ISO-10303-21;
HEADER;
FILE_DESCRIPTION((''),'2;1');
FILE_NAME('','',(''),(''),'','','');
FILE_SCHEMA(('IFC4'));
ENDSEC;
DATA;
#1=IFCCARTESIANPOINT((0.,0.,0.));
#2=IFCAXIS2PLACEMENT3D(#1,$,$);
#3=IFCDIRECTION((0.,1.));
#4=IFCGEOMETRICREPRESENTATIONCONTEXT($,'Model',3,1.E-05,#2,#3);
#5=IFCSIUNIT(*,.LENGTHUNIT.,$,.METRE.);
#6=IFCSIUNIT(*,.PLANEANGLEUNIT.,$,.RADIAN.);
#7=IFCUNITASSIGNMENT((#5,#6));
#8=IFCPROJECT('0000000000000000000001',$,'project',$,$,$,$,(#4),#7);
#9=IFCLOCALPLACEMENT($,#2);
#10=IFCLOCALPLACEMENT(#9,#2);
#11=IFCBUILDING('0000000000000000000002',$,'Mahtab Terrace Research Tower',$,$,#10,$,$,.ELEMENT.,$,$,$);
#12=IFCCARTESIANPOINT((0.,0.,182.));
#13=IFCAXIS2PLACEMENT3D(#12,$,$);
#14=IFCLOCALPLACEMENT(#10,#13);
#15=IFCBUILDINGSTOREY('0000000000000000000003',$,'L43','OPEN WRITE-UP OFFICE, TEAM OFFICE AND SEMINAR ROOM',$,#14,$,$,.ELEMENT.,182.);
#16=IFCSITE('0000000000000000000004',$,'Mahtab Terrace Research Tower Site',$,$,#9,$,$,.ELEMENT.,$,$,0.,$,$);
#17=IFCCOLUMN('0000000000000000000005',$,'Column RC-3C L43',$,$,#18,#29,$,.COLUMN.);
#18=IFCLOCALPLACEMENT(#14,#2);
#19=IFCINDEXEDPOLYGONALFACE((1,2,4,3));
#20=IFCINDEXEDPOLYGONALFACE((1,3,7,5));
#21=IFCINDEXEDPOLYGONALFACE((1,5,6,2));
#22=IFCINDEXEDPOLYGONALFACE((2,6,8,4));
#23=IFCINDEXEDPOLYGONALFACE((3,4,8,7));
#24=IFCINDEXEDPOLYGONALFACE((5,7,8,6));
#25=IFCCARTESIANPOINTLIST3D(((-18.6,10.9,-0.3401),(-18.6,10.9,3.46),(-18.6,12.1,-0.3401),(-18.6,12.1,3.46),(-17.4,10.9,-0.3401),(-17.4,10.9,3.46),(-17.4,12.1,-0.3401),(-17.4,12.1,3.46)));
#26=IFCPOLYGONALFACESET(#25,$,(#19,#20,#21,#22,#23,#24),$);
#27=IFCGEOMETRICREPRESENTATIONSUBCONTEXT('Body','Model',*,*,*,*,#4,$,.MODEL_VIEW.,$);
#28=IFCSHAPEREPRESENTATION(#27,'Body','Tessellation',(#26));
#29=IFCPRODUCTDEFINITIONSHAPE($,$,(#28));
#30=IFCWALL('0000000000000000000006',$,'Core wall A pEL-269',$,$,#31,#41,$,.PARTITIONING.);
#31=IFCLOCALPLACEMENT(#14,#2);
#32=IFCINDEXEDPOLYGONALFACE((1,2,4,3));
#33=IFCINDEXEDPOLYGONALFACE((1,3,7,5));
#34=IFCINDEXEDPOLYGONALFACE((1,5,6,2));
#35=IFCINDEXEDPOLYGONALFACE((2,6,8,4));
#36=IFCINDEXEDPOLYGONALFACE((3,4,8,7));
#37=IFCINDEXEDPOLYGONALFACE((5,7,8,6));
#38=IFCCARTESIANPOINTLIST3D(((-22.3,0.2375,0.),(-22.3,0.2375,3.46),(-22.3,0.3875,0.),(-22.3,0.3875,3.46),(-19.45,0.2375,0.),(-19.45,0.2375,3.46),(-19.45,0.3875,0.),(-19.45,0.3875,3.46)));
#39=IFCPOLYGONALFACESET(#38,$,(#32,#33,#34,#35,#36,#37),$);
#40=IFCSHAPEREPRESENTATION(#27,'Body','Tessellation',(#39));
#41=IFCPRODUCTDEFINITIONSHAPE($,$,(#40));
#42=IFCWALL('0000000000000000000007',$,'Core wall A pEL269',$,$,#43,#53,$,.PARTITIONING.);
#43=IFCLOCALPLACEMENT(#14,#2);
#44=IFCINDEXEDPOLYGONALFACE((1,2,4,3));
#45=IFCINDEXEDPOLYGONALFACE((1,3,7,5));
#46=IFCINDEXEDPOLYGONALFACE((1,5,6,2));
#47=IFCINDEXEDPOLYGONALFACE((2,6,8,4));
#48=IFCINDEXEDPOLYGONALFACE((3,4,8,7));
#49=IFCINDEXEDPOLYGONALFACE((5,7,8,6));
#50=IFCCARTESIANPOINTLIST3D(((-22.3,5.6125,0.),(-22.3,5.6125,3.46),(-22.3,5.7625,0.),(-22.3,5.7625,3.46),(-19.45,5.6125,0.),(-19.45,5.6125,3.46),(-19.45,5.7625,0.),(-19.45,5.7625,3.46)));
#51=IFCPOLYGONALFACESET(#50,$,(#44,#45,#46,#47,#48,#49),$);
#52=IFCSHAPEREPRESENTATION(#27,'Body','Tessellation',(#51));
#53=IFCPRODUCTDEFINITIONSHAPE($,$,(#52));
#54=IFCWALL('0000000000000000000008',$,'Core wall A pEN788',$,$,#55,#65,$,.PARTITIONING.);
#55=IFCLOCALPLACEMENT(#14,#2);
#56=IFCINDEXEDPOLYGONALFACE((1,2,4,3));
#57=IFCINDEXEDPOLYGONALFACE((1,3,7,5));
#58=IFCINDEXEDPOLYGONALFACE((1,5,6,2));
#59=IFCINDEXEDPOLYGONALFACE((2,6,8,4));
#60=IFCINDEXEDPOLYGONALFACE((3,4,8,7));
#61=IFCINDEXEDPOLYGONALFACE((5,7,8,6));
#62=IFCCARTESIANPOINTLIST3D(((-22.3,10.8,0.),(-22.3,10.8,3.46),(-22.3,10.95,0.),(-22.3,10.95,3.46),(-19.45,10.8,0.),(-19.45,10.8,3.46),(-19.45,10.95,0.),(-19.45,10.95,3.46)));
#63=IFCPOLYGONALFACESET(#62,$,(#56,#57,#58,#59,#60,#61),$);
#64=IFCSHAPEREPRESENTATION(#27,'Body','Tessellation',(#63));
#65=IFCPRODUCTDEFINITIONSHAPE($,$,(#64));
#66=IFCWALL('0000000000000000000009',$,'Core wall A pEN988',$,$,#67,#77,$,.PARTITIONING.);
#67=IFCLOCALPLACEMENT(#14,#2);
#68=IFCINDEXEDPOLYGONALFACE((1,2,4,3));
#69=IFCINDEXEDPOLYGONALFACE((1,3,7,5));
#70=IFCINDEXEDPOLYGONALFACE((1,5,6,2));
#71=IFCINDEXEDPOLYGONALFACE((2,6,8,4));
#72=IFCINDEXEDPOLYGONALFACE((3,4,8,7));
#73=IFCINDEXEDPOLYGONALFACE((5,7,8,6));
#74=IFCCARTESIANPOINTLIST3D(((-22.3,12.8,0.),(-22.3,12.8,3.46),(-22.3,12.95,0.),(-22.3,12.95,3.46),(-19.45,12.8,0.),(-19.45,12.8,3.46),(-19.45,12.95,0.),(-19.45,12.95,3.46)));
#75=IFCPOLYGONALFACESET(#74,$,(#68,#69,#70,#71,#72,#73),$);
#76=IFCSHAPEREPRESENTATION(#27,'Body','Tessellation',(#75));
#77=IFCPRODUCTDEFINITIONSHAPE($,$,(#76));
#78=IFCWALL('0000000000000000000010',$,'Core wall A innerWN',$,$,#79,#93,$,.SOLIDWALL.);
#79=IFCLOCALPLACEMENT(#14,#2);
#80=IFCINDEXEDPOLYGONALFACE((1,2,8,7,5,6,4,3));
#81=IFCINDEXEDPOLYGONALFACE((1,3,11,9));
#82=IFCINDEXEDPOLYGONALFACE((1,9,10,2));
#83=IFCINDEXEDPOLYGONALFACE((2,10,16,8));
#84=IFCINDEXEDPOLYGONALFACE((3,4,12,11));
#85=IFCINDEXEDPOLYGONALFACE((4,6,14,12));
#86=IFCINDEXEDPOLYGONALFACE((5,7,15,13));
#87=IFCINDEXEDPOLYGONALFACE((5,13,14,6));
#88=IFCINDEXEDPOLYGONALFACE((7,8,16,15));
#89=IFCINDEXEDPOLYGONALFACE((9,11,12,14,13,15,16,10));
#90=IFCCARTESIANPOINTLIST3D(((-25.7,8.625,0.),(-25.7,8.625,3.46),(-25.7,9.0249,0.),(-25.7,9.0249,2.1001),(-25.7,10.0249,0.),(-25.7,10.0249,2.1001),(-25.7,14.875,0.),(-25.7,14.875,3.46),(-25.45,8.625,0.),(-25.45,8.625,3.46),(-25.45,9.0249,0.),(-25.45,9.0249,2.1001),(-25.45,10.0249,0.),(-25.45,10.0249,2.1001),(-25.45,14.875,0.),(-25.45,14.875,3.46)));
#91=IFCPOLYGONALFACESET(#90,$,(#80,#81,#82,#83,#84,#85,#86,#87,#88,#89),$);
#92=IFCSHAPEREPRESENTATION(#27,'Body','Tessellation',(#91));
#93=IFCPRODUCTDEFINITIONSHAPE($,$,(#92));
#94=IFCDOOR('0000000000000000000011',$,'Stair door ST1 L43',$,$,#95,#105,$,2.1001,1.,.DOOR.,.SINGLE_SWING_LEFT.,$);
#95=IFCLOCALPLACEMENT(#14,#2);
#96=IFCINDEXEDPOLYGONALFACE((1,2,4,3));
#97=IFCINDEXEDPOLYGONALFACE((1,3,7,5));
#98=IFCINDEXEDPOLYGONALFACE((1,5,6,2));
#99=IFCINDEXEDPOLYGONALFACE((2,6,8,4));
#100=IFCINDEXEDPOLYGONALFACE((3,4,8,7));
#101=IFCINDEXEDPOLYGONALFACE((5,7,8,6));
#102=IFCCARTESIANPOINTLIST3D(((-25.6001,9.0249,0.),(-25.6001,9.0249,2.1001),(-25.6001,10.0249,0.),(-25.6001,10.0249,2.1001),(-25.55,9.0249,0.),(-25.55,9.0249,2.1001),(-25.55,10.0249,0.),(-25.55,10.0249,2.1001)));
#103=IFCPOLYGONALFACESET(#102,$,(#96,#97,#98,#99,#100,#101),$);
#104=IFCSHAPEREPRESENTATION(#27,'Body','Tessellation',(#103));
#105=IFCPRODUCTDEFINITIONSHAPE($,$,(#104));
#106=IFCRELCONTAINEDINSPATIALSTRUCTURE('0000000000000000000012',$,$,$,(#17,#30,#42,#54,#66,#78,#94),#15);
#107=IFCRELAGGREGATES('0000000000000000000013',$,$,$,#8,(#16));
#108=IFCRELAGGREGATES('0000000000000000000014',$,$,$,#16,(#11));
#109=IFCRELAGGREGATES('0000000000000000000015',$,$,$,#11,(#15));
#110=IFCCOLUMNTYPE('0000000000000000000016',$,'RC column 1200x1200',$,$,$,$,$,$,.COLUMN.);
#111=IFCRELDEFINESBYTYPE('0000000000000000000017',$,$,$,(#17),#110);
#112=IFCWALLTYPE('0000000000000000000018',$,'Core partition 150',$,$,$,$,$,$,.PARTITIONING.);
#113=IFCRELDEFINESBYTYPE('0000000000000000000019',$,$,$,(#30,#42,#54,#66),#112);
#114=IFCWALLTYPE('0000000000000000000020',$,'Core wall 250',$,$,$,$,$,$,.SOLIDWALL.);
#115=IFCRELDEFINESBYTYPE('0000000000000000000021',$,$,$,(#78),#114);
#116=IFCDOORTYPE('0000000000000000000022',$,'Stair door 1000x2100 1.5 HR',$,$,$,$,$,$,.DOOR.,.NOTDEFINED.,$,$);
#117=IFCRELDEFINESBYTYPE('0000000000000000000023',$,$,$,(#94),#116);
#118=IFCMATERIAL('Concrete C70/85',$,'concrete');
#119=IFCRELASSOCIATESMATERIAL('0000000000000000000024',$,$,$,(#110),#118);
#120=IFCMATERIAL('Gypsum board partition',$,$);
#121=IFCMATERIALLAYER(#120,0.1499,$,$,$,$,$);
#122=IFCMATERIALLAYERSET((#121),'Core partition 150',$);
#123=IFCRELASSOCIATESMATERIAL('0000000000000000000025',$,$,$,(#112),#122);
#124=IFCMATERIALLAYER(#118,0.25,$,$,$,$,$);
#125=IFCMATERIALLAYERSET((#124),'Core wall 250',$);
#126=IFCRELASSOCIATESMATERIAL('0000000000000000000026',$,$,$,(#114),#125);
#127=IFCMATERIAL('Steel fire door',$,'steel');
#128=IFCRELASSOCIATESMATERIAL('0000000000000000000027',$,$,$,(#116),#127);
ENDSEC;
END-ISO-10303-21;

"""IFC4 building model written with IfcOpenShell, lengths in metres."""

from ifc_helpers import new_model, si_unit, direction, frame, frame_2d, origin, origin_2d, place, context, subcontext, project, spatial, rectangle, extrude, material, layer, layer_set, material_profile, profile_set, type_object, element, fill, save


model = new_model("IFC4")

# Units and contexts
model_context = context("Model", 3, precision=1e-05, world=origin(), true_north=direction((0.0, 1.0)))
body_context = subcontext(model_context, "Body", "Model", "MODEL_VIEW")
ifc_project = project(units=[si_unit("LENGTHUNIT", "METRE"), si_unit("PLANEANGLEUNIT", "RADIAN")], contexts=[model_context])

# Site, building, storey
site_placement = place(None, origin())
site = spatial("IfcSite", under=ifc_project, at=site_placement, Name="Mahtab Terrace Research Tower Site", CompositionType="ELEMENT", RefElevation=0.0)
building_placement = place(site_placement, origin())
building = spatial("IfcBuilding", under=site, at=building_placement, Name="Mahtab Terrace Research Tower", CompositionType="ELEMENT")
storey_placement = place(building_placement, frame((0.0, 0.0, 182.0)))
storey = spatial("IfcBuildingStorey", under=building, at=storey_placement, Name="L43", Description="OPEN WRITE-UP OFFICE, TEAM OFFICE AND SEMINAR ROOM", CompositionType="ELEMENT", Elevation=182.0)

# Column
ifc_material_1 = material(Name="Concrete C70/85", Category="concrete")
ifc_material_profile = material_profile(ifc_material_1, rectangle(XDim=1.2, YDim=1.2, at=origin_2d()), Name="RC column 1200x1200")
ifc_profile_set = profile_set([ifc_material_profile], Name="Concrete C70/85")
column_type = type_object("IfcColumnType", Name="RC column 1200x1200", PredefinedType="COLUMN", material=ifc_profile_set)
column_placement = place(storey_placement, frame((-18.0, 11.5, -0.3401), z_axis=(0.0, 0.0, 1.0), x_axis=(1.0, 0.0, 0.0)))
element("IfcColumn", 1, at=column_placement, inside=storey, type_object=column_type, Name="Column RC-3C L43", PredefinedType="COLUMN", context=body_context, shape_type="SweptSolid", body=[
    extrude(rectangle(XDim=1.2, YDim=1.2, at=origin_2d()), origin(), (0.0, 0.0, 1.0), 3.8),
])

# Walls
ifc_material_2 = material(Name="Gypsum board partition")
ifc_layer_1 = layer(ifc_material_2, 0.1499)
ifc_layer_set_1 = layer_set([ifc_layer_1], Name="Core partition 150")
wall_type_1 = type_object("IfcWallType", Name="Core partition 150", PredefinedType="PARTITIONING", material=ifc_layer_set_1)
for number, where, z_axis, x_axis, name in (
    (2, (-22.3, 0.3125, 0.0), (0.0, 0.0, 1.0), (1.0, 0.0, 0.0), "Core wall A pEL-269"),
    (3, (-22.3, 5.6875, 0.0), (0.0, 0.0, 1.0), (1.0, 0.0, 0.0), "Core wall A pEL269"),
    (4, (-22.3, 10.875, 0.0), (0.0, 0.0, 1.0), (1.0, 0.0, 0.0), "Core wall A pEN788"),
    (5, (-22.3, 12.875, 0.0), (0.0, 0.0, 1.0), (1.0, 0.0, 0.0), "Core wall A pEN988"),
):
    element("IfcWall", number, at=place(storey_placement, frame(where, z_axis=z_axis, x_axis=x_axis)), inside=storey, type_object=wall_type_1, Name=name, PredefinedType="PARTITIONING", context=body_context, shape_type="SweptSolid", body=[
        extrude(rectangle(XDim=2.8501, YDim=0.1499, at=frame_2d((1.425, 0.0))), origin(), (0.0, 0.0, 1.0), 3.46),
    ])

# Wall, opening, door
ifc_layer_2 = layer(ifc_material_1, 0.25)
ifc_layer_set_2 = layer_set([ifc_layer_2], Name="Core wall 250")
wall_type_2 = type_object("IfcWallType", Name="Core wall 250", PredefinedType="SOLIDWALL", material=ifc_layer_set_2)
wall_1_placement = place(storey_placement, frame((-25.575, 14.875, 0.0), z_axis=(0.0, 0.0, 1.0), x_axis=(0.0, -1.0, 0.0)))
wall_1 = element("IfcWall", 6, at=wall_1_placement, inside=storey, type_object=wall_type_2, Name="Core wall A innerWN", PredefinedType="SOLIDWALL", context=body_context, shape_type="SweptSolid", body=[
    extrude(rectangle(XDim=6.25, YDim=0.25, at=frame_2d((3.125, 0.0))), origin(), (0.0, 0.0, 1.0), 3.46),
])
opening_1_placement = place(wall_1_placement, frame((4.8501, 0.0, 0.0)))
opening_1 = element("IfcOpeningElement", 7, at=opening_1_placement, cuts=wall_1, PredefinedType="OPENING", context=body_context, shape_type="SweptSolid", body=[
    extrude(rectangle(XDim=1.0, YDim=2.1001, at=frame_2d((0.5, 1.05))), frame((0.0, 0.135, 0.0), z_axis=(0.0, -1.0, 0.0), x_axis=(1.0, 0.0, 0.0)), (0.0, 0.0, 1.0), 0.27),
])
ifc_material_3 = material(Name="Steel fire door", Category="steel")
door_type_1 = type_object("IfcDoorType", Name="Stair door 1000x2100 1.5 HR", OperationType="NOTDEFINED", PredefinedType="DOOR", material=ifc_material_3)
door_1_placement = place(opening_1_placement, origin())
door_1 = element("IfcDoor", 8, at=door_1_placement, inside=storey, type_object=door_type_1, Name="Stair door ST1 L43", OperationType="SINGLE_SWING_LEFT", OverallHeight=2.1001, OverallWidth=1.0, PredefinedType="DOOR", context=body_context, shape_type="SweptSolid", body=[
    extrude(rectangle(XDim=1.0, YDim=2.1001, at=frame_2d((0.5, 1.05))), frame((0.0, 0.0249, 0.0), z_axis=(0.0, -1.0, 0.0), x_axis=(1.0, 0.0, 0.0)), (0.0, 0.0, 1.0), 0.05),
])
fill(opening_1, door_1)

save(model, "model.ifc")
